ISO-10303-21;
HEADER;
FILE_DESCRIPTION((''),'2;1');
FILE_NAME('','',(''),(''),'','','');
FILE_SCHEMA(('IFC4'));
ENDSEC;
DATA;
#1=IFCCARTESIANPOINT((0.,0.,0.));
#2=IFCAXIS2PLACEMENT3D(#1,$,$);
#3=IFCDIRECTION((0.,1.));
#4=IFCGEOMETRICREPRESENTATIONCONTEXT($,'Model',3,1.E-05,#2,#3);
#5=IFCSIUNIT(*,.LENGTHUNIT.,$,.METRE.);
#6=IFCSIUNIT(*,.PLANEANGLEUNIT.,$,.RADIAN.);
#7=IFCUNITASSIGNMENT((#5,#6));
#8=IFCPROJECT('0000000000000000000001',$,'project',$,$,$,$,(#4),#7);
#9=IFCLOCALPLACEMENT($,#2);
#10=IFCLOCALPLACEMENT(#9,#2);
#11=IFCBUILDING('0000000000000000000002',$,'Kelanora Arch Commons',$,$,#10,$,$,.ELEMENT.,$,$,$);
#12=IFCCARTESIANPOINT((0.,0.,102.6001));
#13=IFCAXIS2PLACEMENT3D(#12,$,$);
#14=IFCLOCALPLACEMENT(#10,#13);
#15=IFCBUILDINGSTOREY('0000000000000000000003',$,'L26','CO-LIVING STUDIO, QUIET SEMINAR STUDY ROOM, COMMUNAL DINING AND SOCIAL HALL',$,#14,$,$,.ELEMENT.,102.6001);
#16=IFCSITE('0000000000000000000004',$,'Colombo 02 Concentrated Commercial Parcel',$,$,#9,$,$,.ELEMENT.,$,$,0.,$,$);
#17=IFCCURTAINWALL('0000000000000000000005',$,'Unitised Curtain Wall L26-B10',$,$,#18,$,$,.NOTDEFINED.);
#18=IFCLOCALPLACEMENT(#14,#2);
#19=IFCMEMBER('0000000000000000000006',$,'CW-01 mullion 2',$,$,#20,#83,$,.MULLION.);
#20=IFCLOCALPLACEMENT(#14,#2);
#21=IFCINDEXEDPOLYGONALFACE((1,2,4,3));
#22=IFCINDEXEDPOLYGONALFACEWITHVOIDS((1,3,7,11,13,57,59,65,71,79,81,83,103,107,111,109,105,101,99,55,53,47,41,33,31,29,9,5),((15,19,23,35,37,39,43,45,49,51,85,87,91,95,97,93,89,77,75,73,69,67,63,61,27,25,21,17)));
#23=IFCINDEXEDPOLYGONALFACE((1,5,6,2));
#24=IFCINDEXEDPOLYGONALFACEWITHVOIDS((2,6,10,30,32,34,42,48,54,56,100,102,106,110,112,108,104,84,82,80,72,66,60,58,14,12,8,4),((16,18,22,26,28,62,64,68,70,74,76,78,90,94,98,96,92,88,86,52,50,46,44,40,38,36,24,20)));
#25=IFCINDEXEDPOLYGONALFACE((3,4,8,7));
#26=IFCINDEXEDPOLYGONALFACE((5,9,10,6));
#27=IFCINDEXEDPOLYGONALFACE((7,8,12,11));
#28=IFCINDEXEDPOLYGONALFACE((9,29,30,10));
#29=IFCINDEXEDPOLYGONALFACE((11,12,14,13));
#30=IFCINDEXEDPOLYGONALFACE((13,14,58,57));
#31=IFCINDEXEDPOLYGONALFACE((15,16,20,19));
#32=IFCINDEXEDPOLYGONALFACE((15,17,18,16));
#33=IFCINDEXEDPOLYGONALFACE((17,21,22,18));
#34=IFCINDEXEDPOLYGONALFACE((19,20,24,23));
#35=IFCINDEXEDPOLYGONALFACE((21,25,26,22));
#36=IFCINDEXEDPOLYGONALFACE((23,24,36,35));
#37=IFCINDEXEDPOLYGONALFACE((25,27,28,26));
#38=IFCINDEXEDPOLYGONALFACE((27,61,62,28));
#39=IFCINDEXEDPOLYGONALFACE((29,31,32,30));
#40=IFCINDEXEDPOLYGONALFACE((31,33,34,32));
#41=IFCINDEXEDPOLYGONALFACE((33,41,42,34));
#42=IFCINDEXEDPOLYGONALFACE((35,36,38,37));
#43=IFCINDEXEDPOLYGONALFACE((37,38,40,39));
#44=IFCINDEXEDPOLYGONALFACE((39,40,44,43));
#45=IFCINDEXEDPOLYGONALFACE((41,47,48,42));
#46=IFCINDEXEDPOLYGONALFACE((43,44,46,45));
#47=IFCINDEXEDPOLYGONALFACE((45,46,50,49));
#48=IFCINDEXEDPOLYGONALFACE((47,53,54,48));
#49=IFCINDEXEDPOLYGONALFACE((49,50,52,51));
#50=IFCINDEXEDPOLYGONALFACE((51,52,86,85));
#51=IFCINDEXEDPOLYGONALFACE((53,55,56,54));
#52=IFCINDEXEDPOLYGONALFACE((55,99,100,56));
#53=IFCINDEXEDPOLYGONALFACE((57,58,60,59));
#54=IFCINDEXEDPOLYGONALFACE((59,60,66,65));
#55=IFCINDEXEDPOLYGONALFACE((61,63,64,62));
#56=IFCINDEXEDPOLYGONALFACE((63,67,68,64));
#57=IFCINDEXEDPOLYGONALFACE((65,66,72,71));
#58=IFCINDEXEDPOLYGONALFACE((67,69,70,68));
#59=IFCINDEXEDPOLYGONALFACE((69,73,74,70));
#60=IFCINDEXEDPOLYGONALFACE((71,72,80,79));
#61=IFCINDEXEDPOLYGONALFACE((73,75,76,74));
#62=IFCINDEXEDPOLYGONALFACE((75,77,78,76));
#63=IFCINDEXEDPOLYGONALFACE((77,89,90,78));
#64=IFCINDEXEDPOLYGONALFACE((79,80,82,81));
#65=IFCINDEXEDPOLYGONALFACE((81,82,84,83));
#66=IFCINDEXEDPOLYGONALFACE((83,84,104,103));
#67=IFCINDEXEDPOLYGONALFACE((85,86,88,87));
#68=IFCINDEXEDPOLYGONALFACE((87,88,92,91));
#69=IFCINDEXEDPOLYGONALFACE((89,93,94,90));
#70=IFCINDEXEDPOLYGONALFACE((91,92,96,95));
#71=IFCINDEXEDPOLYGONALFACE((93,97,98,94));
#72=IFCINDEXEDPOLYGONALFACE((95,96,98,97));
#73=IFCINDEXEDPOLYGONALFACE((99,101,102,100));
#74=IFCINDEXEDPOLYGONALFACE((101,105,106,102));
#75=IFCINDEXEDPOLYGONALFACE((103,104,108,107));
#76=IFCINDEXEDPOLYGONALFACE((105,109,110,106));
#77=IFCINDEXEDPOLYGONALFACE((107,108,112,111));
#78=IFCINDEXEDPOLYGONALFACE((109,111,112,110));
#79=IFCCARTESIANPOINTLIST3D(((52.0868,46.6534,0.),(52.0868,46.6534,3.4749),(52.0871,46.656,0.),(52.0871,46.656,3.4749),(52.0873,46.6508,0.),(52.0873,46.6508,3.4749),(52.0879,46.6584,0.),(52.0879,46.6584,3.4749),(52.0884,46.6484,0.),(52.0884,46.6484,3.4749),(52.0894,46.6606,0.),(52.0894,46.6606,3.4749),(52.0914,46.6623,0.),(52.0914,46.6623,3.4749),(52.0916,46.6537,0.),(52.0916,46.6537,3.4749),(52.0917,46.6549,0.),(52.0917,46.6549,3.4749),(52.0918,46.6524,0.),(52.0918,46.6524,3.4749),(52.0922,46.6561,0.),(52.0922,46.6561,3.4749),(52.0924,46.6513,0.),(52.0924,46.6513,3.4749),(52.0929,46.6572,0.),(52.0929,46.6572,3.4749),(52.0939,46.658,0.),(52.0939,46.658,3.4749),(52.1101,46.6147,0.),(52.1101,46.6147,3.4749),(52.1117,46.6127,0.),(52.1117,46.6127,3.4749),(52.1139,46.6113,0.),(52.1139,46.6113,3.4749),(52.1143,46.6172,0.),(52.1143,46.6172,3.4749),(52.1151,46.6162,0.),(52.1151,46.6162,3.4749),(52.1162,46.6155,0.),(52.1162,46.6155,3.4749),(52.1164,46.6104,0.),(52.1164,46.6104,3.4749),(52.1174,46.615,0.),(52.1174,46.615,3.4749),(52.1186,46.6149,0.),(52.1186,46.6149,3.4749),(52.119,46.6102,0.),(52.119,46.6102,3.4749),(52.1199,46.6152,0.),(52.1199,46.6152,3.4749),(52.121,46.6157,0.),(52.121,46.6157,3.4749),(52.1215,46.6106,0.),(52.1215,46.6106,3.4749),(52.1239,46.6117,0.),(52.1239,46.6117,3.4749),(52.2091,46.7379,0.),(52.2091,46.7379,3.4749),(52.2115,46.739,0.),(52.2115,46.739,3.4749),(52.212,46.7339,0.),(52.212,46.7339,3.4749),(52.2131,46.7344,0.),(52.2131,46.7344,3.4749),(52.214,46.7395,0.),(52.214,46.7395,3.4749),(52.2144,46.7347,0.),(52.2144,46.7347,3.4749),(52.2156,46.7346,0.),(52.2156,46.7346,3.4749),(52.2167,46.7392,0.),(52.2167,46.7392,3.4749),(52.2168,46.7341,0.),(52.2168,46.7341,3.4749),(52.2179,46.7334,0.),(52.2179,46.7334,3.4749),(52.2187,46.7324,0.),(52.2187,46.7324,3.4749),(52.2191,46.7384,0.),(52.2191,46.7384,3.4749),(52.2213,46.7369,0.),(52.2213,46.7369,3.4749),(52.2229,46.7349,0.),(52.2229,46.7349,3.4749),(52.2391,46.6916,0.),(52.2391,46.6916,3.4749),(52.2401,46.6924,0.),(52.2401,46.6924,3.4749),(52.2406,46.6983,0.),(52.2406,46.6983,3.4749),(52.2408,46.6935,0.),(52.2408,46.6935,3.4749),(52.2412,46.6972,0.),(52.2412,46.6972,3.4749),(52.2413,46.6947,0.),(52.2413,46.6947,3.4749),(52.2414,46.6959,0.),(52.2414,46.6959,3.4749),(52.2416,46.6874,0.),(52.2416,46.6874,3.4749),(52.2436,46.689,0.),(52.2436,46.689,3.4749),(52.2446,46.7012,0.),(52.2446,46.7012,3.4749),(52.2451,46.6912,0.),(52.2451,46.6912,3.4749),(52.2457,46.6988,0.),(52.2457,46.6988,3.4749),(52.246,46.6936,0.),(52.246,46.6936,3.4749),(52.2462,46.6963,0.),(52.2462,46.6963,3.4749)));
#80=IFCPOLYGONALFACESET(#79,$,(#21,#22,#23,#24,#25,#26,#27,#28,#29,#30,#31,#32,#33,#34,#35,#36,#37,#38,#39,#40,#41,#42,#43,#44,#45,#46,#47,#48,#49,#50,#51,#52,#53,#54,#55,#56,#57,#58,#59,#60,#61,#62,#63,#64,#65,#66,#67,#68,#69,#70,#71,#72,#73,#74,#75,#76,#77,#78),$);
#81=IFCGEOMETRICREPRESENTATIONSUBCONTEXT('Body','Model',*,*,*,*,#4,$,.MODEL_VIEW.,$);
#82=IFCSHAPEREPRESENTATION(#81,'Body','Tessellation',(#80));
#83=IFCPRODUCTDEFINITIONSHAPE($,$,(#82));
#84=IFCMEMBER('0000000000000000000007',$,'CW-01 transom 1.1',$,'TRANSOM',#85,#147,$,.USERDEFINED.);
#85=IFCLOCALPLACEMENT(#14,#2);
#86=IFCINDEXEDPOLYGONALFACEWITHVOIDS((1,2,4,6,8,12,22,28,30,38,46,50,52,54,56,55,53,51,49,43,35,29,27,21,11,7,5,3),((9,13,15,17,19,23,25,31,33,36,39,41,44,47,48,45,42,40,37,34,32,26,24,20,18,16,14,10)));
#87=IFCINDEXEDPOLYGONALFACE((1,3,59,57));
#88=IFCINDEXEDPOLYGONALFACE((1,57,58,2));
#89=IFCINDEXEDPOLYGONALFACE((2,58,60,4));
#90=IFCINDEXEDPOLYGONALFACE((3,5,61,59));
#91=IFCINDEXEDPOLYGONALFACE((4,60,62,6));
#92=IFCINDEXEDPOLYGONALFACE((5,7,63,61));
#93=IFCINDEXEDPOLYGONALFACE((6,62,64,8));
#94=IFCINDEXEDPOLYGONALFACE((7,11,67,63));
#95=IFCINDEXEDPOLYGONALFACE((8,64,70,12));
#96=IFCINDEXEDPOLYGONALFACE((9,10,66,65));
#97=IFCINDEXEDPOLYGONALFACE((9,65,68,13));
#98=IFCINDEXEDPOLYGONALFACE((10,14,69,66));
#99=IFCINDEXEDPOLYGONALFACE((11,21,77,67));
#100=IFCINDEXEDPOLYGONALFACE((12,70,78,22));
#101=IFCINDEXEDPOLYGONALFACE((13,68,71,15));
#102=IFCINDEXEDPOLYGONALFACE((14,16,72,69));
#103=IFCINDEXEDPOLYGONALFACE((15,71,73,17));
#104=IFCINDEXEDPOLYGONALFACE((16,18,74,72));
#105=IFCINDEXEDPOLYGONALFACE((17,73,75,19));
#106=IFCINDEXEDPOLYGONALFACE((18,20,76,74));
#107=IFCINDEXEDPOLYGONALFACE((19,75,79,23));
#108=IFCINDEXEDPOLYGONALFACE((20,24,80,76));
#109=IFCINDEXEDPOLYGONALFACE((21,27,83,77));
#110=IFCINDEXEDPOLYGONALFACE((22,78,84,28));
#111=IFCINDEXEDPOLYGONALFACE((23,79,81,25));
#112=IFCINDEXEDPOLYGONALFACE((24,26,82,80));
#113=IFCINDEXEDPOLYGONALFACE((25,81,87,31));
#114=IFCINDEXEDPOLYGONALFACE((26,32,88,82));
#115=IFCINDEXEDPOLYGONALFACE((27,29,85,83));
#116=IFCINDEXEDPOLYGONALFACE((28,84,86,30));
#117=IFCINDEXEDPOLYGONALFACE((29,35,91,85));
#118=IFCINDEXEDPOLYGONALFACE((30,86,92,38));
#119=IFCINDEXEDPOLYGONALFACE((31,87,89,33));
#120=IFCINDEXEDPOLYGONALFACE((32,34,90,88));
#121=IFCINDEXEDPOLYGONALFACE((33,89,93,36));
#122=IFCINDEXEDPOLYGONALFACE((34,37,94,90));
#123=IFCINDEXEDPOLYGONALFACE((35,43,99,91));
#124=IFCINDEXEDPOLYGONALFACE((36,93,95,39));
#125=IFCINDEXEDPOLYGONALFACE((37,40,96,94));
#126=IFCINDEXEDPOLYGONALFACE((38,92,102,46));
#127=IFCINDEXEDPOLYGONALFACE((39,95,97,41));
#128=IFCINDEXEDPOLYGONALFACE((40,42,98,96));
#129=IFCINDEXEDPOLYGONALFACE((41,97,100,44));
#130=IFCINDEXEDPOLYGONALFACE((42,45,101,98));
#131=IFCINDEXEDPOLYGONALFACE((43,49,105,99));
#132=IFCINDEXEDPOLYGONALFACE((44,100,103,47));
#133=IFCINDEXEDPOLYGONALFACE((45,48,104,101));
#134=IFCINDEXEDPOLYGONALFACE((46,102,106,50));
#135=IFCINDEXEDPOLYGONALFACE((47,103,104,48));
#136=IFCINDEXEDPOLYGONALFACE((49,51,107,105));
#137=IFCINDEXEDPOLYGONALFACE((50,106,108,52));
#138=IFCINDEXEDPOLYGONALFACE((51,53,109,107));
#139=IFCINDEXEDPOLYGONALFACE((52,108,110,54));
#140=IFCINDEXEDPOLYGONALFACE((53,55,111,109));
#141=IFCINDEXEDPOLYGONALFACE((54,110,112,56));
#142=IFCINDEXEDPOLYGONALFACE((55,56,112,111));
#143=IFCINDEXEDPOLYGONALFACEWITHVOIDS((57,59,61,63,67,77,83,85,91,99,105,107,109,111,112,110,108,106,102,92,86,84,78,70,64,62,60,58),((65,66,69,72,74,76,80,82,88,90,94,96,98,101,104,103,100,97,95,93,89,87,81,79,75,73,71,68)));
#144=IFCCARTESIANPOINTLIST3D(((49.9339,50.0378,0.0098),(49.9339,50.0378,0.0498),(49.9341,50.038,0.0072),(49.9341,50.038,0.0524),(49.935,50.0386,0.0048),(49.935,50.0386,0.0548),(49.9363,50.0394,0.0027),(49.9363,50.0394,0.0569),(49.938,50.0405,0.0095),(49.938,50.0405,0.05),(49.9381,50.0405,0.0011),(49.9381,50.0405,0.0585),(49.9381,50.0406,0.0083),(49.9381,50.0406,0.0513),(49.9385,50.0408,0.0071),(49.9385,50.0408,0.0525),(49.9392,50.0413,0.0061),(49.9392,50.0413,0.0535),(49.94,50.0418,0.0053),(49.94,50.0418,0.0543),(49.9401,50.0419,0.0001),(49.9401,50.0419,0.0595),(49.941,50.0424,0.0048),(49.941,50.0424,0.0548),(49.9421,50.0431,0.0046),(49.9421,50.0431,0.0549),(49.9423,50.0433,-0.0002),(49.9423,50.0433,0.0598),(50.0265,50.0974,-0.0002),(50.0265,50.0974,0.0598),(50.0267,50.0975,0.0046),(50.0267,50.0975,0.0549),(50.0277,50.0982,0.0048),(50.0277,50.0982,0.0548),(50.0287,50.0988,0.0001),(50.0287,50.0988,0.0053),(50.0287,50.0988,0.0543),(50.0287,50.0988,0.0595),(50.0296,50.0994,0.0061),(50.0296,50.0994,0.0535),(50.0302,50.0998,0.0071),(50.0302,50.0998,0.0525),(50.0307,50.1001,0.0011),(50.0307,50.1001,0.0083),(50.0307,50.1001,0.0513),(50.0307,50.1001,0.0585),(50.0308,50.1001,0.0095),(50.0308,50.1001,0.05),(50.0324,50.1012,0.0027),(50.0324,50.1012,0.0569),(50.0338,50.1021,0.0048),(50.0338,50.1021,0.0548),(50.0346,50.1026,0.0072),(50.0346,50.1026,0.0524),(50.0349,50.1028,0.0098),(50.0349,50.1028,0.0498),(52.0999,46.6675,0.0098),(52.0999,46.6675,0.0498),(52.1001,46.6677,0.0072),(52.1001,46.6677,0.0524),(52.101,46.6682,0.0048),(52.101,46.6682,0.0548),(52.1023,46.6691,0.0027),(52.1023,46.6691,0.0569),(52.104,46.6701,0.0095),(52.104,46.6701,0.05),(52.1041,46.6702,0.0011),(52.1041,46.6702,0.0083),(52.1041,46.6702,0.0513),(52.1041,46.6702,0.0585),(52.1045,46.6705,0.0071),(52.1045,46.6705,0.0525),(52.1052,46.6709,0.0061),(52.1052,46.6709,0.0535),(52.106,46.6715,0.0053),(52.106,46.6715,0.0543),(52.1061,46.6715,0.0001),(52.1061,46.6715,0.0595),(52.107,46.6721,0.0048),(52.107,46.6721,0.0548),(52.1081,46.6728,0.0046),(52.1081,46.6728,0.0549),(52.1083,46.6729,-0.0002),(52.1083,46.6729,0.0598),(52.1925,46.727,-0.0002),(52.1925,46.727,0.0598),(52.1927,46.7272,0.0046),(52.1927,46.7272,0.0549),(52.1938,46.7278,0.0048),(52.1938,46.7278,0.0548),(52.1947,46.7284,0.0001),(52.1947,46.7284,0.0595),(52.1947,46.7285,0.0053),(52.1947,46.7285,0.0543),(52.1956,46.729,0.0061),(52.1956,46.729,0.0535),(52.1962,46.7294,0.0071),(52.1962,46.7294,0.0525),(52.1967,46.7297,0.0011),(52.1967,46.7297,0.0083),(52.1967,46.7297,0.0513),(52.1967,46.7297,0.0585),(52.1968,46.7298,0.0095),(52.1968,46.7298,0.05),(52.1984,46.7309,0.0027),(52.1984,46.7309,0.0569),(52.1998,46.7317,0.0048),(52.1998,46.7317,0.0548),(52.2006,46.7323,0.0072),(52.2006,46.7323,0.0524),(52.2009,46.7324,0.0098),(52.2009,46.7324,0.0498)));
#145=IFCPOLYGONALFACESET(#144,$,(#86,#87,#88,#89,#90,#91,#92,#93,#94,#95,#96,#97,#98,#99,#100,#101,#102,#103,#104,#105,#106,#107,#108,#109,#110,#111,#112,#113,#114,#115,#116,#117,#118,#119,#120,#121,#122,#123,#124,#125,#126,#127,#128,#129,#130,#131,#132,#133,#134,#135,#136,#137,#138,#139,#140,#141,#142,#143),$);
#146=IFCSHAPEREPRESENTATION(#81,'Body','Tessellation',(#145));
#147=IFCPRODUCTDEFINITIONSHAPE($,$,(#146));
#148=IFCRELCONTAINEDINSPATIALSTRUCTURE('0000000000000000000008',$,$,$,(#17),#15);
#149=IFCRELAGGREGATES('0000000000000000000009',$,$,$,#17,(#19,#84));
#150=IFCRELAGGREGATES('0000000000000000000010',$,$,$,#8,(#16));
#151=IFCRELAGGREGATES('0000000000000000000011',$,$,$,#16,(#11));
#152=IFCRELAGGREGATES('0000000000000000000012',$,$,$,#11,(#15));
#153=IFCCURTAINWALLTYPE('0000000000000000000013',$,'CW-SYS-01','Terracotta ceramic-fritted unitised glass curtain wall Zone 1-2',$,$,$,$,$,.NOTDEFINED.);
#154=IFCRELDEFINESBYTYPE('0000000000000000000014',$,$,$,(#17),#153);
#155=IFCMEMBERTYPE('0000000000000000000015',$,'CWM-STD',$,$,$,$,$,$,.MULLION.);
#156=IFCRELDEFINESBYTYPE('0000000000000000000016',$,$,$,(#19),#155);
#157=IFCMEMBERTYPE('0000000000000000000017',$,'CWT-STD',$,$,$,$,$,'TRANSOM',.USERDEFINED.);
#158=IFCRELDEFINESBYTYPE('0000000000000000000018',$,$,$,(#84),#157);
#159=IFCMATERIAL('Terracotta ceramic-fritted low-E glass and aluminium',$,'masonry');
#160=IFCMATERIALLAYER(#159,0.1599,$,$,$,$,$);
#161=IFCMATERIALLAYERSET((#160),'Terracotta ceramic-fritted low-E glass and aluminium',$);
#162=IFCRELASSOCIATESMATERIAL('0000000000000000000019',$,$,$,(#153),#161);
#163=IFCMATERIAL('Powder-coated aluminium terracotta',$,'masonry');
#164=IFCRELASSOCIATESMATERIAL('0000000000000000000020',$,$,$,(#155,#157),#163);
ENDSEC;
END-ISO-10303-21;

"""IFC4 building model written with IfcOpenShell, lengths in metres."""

from ifc_helpers import new_model, si_unit, direction, frame, origin, origin_2d, place, context, subcontext, project, spatial, hollow_rectangle, extrude, material, layer, layer_set, material_profile, profile_set, type_object, element, aggregate, save


model = new_model("IFC4")

# Units and contexts
model_context = context("Model", 3, precision=1e-05, world=origin(), true_north=direction((0.0, 1.0)))
body_context = subcontext(model_context, "Body", "Model", "MODEL_VIEW")
ifc_project = project(units=[si_unit("LENGTHUNIT", "METRE"), si_unit("PLANEANGLEUNIT", "RADIAN")], contexts=[model_context])

# Site, building, storey
site_placement = place(None, origin())
site = spatial("IfcSite", under=ifc_project, at=site_placement, Name="Colombo 02 Concentrated Commercial Parcel", CompositionType="ELEMENT", RefElevation=0.0)
building_placement = place(site_placement, origin())
building = spatial("IfcBuilding", under=site, at=building_placement, Name="Kelanora Arch Commons", CompositionType="ELEMENT")
storey_placement = place(building_placement, frame((0.0, 0.0, 102.6001)))
storey = spatial("IfcBuildingStorey", under=building, at=storey_placement, Name="L26", Description="CO-LIVING STUDIO, QUIET SEMINAR STUDY ROOM, COMMUNAL DINING AND SOCIAL HALL", CompositionType="ELEMENT", Elevation=102.6001)

# Shared definitions
ifc_material_1 = material(Name="Terracotta ceramic-fritted low-E glass and aluminium", Category="masonry")
ifc_layer_1 = layer(ifc_material_1, 0.1599)
ifc_layer_set_1 = layer_set([ifc_layer_1], Name="Terracotta ceramic-fritted low-E glass and aluminium")
curtain_wall_type = type_object("IfcCurtainWallType", Name="CW-SYS-01", Description="Terracotta ceramic-fritted unitised glass curtain wall Zone 1-2", PredefinedType="NOTDEFINED", material=ifc_layer_set_1)
ifc_material_2 = material(Name="Powder-coated aluminium terracotta", Category="masonry")
ifc_material_profile_1 = material_profile(ifc_material_2, hollow_rectangle(XDim=0.1599, YDim=0.0601, WallThickness=0.0049, InnerFilletRadius=0.0049, OuterFilletRadius=0.01, at=origin_2d()), Name="CWM160x60")
ifc_profile_set_1 = profile_set([ifc_material_profile_1], Name="Powder-coated aluminium terracotta")
member_type_1 = type_object("IfcMemberType", Name="CWM-STD", PredefinedType="MULLION", material=ifc_profile_set_1)

# Curtain wall, members
curtain_wall_1_placement = place(storey_placement, origin())
curtain_wall_1 = element("IfcCurtainWall", 1, at=curtain_wall_1_placement, inside=storey, type_object=curtain_wall_type, Name="Unitised Curtain Wall L26-B10", PredefinedType="NOTDEFINED")
member_1_placement = place(storey_placement, frame((52.1665, 46.6748, 0.0), z_axis=(0.0, 0.0, 1.0), x_axis=(0.841269, 0.540617, 0.0)))
member_1 = element("IfcMember", 2, at=member_1_placement, type_object=member_type_1, Name="CW-01 mullion 2", PredefinedType="MULLION", context=body_context, shape_type="SweptSolid", body=[
    extrude(hollow_rectangle(XDim=0.1599, YDim=0.0601, WallThickness=0.0049, InnerFilletRadius=0.0049, OuterFilletRadius=0.01, at=origin_2d()), origin(), (0.0, 0.0, 1.0), 3.4749),
])
ifc_material_profile_2 = material_profile(ifc_material_2, hollow_rectangle(XDim=0.1201, YDim=0.0601, WallThickness=0.0049, InnerFilletRadius=0.0049, OuterFilletRadius=0.01, at=origin_2d()), Name="CWT120x60")
ifc_profile_set_2 = profile_set([ifc_material_profile_2], Name="Powder-coated aluminium terracotta")
member_type_2 = type_object("IfcMemberType", Name="CWT-STD", ElementType="TRANSOM", PredefinedType="USERDEFINED", material=ifc_profile_set_2)
member_2_placement = place(storey_placement, frame((49.9844, 50.0703, 0.0298), z_axis=(0.540644, -0.841252, 0.0), x_axis=(0.841252, 0.540644, 0.0)))
member_2 = element("IfcMember", 3, at=member_2_placement, type_object=member_type_2, Name="CW-01 transom 1.1", ObjectType="TRANSOM", PredefinedType="USERDEFINED", context=body_context, shape_type="SweptSolid", body=[
    extrude(hollow_rectangle(XDim=0.1201, YDim=0.0601, WallThickness=0.0049, InnerFilletRadius=0.0049, OuterFilletRadius=0.01, at=origin_2d()), origin(), (0.0, 0.0, 1.0), 4.0063),
])

aggregate(curtain_wall_1, [member_1, member_2])

save(model, "model.ifc")
